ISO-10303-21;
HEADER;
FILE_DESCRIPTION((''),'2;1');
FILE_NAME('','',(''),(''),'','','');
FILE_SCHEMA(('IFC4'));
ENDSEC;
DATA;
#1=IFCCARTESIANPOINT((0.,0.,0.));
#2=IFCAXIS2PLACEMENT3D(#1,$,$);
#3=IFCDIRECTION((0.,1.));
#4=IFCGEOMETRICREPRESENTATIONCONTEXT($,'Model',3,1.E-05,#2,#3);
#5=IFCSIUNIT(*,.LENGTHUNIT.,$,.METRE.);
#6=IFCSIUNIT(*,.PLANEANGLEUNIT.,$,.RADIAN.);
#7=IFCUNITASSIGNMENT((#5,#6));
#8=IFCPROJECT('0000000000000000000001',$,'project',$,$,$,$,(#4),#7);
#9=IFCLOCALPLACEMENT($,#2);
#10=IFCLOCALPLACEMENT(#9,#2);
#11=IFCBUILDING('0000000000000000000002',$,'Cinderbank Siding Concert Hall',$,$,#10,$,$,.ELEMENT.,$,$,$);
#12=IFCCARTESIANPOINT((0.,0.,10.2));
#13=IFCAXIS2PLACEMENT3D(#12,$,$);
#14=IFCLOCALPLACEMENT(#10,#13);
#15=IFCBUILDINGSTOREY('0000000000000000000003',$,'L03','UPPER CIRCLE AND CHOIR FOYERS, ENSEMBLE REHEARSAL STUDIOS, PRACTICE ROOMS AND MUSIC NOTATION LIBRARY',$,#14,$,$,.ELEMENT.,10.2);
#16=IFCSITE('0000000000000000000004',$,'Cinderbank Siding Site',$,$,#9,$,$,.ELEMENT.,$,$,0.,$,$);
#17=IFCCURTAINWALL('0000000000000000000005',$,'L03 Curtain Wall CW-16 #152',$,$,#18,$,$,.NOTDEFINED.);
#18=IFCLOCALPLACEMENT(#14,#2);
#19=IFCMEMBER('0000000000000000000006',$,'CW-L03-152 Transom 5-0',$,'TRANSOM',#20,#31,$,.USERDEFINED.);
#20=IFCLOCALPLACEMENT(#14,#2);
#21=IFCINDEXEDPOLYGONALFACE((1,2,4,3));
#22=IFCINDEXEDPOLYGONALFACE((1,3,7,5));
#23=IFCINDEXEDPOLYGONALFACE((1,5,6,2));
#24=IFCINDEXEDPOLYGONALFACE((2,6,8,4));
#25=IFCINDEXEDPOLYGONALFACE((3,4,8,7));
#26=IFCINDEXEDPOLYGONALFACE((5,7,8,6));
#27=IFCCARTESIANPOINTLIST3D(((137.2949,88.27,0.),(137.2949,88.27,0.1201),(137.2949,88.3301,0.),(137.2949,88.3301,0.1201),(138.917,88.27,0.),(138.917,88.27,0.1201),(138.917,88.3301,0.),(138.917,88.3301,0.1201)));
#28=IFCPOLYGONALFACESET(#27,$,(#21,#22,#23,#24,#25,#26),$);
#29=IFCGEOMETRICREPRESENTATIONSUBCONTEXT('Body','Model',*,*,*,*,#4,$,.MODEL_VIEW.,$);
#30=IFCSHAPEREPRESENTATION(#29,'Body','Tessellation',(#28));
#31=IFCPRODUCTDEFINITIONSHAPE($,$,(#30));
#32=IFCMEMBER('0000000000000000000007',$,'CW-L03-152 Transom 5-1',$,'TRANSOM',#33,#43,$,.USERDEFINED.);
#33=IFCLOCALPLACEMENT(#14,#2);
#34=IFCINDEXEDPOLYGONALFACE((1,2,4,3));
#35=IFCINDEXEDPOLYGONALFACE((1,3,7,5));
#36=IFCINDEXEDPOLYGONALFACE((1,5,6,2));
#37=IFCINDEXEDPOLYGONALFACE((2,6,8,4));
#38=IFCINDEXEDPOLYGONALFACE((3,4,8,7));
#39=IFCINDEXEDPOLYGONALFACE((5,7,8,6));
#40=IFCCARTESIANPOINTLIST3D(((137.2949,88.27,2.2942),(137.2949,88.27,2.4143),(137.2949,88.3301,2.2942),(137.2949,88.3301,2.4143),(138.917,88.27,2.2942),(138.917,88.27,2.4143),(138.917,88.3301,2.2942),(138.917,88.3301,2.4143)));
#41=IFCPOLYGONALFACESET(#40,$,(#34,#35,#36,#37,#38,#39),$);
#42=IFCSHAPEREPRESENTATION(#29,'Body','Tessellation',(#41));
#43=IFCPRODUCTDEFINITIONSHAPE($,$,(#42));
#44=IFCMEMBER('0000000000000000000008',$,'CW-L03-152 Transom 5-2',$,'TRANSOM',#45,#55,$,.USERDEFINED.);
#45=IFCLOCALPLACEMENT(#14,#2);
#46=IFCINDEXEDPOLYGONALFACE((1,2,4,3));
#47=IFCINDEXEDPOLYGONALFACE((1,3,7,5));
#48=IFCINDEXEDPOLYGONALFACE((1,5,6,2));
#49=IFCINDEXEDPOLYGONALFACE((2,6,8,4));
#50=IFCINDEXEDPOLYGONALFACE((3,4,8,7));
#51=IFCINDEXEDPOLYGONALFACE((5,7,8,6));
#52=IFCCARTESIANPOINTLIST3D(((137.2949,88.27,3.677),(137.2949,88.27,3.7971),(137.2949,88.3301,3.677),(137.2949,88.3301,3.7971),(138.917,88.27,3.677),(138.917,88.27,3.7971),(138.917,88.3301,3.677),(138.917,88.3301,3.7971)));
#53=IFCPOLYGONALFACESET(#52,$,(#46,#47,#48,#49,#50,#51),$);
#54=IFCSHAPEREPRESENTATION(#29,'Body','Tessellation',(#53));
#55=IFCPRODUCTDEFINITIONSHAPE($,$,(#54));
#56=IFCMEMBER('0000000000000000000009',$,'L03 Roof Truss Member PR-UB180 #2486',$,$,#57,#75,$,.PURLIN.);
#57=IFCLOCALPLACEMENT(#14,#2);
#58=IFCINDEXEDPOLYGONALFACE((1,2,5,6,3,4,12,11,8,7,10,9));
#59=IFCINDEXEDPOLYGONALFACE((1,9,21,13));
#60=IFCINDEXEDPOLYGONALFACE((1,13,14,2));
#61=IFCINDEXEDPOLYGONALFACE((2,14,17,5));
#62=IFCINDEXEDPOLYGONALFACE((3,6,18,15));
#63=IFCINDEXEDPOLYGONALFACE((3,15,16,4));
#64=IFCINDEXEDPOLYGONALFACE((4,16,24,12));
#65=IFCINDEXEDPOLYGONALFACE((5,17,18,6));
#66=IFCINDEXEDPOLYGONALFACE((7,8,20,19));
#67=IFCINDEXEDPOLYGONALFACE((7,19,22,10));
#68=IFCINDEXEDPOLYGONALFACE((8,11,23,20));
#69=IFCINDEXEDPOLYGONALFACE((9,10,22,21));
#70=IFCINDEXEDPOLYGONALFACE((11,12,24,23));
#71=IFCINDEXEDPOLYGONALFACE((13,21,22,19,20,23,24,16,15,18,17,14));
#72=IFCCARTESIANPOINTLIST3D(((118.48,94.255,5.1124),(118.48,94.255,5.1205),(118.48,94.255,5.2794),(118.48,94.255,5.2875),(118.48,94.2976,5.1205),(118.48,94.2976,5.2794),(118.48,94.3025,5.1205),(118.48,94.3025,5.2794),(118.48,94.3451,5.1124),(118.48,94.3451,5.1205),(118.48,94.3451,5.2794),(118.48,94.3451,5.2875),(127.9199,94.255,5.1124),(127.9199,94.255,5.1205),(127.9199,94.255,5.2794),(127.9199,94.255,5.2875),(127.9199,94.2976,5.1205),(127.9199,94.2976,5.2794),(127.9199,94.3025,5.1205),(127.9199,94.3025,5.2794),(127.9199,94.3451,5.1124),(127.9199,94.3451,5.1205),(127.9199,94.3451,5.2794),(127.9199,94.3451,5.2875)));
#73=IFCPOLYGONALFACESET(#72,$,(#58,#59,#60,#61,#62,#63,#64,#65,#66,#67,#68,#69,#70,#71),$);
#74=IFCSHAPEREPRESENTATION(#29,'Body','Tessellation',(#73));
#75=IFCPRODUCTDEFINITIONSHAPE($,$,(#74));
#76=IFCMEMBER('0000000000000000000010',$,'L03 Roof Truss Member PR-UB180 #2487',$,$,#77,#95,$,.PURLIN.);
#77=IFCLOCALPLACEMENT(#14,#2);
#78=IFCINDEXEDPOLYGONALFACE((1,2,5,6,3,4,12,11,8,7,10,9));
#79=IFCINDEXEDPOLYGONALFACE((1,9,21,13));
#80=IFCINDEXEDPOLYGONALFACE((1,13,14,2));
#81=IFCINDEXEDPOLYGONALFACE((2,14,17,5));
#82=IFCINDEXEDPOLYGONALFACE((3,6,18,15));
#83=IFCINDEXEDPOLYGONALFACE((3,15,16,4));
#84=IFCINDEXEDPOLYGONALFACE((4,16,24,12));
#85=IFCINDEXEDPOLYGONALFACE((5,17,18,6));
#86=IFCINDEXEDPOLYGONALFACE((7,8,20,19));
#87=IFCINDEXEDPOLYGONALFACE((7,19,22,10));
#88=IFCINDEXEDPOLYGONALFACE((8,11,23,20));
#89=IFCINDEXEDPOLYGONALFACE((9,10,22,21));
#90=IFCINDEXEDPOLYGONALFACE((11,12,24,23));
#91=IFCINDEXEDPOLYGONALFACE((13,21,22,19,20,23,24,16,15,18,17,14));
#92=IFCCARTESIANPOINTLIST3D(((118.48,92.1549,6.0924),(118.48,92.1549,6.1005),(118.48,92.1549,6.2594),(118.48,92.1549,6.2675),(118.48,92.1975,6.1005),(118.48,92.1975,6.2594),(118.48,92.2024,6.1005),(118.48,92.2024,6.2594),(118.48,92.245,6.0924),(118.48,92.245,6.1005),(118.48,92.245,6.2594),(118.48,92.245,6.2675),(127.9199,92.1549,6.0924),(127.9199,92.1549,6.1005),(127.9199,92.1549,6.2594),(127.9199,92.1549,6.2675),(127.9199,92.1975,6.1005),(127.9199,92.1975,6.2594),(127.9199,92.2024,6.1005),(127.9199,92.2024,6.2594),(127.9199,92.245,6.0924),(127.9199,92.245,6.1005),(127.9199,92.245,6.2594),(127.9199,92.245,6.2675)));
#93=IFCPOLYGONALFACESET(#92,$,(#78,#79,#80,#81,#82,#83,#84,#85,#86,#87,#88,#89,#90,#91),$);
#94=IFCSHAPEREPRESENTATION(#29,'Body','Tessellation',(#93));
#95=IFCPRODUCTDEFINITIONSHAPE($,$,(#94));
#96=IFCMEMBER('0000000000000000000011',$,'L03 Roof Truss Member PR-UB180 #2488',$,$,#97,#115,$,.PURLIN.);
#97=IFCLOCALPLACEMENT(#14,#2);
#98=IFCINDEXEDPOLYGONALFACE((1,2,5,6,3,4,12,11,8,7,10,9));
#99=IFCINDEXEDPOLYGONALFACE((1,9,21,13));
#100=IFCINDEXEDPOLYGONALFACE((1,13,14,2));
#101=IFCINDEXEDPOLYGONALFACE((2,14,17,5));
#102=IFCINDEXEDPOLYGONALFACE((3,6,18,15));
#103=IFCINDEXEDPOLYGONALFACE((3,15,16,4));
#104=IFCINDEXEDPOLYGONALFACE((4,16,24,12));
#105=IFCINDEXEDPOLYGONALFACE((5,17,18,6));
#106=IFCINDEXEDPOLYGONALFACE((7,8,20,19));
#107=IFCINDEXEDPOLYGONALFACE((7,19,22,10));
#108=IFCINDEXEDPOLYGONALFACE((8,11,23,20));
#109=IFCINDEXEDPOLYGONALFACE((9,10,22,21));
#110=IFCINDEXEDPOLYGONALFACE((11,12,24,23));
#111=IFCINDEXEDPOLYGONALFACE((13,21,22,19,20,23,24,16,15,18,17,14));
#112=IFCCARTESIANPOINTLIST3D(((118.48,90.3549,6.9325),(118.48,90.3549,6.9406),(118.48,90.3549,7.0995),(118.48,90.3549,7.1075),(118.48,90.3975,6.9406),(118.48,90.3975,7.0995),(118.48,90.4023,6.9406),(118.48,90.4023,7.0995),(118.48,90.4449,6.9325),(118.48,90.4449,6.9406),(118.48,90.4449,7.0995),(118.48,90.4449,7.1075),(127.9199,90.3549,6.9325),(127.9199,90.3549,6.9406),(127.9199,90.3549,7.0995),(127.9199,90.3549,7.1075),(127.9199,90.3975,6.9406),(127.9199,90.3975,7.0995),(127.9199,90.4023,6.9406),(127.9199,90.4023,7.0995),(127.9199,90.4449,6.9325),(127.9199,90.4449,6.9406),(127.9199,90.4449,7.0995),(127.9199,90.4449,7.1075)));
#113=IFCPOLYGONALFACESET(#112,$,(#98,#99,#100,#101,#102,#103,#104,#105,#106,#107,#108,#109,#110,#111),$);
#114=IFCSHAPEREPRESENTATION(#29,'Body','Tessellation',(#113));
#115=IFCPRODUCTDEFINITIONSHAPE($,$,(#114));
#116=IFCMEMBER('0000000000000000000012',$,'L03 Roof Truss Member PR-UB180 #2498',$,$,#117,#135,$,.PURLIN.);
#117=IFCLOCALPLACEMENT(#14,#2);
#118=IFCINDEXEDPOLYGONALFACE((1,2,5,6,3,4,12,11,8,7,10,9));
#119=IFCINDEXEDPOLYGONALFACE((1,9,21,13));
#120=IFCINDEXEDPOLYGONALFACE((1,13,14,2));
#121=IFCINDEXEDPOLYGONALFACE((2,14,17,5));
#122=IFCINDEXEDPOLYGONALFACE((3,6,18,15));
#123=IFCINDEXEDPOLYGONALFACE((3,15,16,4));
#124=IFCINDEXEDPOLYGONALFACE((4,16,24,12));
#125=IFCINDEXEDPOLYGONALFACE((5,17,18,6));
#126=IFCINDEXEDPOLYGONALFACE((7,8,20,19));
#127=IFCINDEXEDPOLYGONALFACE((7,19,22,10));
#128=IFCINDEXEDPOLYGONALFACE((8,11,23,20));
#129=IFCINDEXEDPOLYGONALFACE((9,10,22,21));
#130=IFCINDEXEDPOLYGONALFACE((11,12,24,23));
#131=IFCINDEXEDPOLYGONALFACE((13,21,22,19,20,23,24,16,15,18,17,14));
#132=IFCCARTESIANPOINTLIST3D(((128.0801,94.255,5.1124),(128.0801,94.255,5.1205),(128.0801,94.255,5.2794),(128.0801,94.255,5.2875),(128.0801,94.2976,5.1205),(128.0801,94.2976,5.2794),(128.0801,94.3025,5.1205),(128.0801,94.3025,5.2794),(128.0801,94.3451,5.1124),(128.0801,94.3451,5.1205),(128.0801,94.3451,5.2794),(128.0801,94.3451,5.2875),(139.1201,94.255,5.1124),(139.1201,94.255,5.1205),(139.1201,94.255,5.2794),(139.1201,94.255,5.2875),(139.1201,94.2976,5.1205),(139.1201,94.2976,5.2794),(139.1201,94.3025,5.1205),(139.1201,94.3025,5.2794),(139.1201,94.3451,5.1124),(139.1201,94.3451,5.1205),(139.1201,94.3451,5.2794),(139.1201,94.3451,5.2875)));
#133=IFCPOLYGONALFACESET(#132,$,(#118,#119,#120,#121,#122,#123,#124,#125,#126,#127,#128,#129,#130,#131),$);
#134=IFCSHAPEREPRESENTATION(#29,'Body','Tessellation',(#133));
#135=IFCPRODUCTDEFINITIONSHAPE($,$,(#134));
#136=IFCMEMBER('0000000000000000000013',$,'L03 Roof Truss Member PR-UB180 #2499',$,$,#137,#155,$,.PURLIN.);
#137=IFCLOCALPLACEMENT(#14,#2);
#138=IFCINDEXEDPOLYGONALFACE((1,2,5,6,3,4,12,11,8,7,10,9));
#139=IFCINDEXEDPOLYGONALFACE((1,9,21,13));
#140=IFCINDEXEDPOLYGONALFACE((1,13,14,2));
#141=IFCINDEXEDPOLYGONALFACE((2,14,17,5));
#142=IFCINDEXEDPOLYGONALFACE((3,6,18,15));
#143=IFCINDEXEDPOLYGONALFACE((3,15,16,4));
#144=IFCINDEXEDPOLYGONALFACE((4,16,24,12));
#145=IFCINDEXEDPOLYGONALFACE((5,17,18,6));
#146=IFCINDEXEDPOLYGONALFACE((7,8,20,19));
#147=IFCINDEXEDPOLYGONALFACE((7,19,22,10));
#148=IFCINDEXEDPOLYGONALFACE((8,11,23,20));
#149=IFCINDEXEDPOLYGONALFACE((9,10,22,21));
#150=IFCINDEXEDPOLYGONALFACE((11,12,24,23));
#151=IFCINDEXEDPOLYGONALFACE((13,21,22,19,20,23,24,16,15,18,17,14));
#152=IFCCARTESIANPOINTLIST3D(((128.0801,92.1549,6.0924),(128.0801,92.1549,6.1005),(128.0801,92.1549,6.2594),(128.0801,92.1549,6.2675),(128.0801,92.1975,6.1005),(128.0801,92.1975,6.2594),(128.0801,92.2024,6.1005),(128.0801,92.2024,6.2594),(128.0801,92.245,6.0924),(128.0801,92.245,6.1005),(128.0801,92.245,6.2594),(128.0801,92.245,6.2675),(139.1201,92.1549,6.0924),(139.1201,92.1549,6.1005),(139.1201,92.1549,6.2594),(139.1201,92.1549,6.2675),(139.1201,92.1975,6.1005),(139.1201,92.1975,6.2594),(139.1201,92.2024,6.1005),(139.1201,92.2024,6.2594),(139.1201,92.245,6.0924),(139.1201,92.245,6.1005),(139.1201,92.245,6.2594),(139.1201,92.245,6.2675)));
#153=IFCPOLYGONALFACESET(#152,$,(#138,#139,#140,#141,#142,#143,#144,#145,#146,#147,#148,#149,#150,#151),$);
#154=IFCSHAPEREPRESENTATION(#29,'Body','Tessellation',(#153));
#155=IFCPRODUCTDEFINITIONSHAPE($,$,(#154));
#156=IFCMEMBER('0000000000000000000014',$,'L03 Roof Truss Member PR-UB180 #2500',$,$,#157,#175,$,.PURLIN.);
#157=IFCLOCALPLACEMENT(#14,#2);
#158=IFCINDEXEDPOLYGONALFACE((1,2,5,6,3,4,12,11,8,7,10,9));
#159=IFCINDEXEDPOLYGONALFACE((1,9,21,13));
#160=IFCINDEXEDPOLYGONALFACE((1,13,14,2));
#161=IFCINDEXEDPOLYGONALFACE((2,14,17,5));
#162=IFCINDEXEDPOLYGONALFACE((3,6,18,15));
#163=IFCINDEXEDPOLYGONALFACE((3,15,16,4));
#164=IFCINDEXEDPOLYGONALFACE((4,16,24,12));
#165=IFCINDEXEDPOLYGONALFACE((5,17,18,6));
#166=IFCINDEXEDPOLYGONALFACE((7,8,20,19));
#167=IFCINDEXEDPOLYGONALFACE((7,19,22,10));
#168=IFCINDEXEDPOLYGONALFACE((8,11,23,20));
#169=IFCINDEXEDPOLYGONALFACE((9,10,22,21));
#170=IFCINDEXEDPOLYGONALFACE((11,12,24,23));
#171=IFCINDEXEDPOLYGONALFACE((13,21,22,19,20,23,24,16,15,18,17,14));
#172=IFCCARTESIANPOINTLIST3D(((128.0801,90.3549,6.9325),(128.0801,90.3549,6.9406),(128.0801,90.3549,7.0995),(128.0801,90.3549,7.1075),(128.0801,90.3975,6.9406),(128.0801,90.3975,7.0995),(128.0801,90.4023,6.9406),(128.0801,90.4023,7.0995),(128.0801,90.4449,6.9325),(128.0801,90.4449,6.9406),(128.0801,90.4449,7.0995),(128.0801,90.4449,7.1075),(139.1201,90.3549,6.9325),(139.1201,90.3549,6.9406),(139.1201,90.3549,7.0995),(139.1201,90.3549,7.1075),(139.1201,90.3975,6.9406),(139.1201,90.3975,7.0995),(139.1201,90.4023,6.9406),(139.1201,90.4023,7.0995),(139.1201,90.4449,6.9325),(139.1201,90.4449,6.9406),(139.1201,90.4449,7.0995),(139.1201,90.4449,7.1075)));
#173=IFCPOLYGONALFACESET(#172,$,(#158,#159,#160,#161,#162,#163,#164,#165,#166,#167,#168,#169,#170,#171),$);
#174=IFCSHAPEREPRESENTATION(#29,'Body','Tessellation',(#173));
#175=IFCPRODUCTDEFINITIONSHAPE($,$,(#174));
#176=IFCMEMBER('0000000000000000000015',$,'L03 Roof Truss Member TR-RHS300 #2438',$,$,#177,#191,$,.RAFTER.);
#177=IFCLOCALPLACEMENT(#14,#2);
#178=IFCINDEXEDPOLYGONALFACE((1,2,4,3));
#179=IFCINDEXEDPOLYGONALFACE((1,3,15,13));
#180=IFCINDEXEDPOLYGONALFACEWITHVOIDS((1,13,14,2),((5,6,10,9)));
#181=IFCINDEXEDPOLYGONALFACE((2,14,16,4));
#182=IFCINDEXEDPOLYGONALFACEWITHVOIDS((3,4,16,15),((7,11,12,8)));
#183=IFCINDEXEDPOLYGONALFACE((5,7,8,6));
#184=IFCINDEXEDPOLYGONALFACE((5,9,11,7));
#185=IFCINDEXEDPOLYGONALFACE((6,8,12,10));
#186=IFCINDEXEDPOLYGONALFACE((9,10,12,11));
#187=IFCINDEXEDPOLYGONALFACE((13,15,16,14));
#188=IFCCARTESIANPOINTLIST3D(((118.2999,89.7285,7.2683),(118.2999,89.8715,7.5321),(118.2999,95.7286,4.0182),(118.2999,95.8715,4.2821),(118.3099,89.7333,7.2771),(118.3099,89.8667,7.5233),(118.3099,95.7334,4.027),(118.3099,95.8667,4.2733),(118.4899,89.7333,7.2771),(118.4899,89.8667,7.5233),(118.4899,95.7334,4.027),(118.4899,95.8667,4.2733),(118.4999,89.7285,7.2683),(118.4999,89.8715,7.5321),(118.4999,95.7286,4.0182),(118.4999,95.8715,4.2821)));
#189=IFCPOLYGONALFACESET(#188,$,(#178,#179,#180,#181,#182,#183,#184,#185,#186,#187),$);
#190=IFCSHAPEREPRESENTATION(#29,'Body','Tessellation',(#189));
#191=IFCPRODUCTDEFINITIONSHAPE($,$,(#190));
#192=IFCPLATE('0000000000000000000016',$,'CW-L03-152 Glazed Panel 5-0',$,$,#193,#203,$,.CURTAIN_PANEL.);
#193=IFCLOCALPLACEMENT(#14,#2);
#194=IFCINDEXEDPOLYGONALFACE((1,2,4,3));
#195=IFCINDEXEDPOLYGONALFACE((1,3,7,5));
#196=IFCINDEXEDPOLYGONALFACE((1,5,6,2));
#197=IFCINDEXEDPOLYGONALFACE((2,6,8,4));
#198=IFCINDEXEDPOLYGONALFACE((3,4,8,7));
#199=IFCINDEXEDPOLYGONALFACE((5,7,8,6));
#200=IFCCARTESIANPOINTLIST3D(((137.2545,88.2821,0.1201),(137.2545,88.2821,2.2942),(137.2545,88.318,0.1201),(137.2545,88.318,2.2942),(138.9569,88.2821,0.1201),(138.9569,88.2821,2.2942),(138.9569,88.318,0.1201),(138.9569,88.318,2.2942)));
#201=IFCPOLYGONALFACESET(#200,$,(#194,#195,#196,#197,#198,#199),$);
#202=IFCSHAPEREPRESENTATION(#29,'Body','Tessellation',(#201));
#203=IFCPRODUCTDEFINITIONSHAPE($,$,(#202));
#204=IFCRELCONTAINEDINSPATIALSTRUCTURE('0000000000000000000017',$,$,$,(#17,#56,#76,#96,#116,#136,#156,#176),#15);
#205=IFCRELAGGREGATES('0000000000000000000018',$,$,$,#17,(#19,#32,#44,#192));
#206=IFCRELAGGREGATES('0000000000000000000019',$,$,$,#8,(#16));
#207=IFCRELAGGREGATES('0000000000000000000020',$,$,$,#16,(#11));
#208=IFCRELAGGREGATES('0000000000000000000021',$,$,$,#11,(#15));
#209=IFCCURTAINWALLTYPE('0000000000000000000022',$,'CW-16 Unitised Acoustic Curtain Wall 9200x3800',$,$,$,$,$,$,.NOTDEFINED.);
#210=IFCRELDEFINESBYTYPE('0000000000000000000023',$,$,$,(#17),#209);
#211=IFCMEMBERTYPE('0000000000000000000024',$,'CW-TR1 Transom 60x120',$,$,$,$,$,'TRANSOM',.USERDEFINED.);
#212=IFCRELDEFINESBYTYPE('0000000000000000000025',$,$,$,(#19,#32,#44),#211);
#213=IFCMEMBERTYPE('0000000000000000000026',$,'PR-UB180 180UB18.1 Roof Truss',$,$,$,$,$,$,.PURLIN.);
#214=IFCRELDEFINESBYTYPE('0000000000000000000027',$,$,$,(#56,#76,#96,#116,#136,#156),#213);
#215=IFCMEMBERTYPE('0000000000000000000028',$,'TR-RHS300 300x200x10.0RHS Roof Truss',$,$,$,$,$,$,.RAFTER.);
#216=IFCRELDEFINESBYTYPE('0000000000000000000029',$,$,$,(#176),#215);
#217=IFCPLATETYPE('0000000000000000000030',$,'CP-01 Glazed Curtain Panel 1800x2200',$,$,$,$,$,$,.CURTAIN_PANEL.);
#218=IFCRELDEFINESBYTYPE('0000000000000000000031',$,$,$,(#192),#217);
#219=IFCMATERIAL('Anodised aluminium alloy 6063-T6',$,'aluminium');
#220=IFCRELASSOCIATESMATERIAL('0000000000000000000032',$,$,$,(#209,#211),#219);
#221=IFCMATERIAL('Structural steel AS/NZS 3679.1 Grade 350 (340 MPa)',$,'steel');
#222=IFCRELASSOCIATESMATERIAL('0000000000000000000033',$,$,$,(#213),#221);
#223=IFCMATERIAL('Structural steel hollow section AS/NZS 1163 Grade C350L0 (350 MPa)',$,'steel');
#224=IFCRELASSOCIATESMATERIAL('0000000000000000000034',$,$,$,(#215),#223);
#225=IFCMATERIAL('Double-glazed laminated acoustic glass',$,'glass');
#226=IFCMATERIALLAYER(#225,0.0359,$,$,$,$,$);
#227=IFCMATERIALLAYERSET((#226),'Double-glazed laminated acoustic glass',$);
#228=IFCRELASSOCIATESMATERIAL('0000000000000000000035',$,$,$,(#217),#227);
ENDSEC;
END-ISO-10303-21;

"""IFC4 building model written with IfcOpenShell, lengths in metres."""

from ifc_helpers import new_model, si_unit, direction, frame, origin, origin_2d, place, context, subcontext, project, spatial, rectangle, hollow_rectangle, i_section, extrude, material, layer, layer_set, material_profile, profile_set, type_object, element, aggregate, save


model = new_model("IFC4")

# Units and contexts
model_context = context("Model", 3, precision=1e-05, world=origin(), true_north=direction((0.0, 1.0)))
body_context = subcontext(model_context, "Body", "Model", "MODEL_VIEW")
ifc_project = project(units=[si_unit("LENGTHUNIT", "METRE"), si_unit("PLANEANGLEUNIT", "RADIAN")], contexts=[model_context])

# Site, building, storey
site_placement = place(None, origin())
site = spatial("IfcSite", under=ifc_project, at=site_placement, Name="Cinderbank Siding Site", CompositionType="ELEMENT", RefElevation=0.0)
building_placement = place(site_placement, origin())
building = spatial("IfcBuilding", under=site, at=building_placement, Name="Cinderbank Siding Concert Hall", CompositionType="ELEMENT")
storey_placement = place(building_placement, frame((0.0, 0.0, 10.2)))
storey = spatial("IfcBuildingStorey", under=building, at=storey_placement, Name="L03", Description="UPPER CIRCLE AND CHOIR FOYERS, ENSEMBLE REHEARSAL STUDIOS, PRACTICE ROOMS AND MUSIC NOTATION LIBRARY", CompositionType="ELEMENT", Elevation=10.2)

# Shared definitions
ifc_material_1 = material(Name="Structural steel AS/NZS 3679.1 Grade 350 (340 MPa)", Category="steel")

# Shared definitions
ifc_material_2 = material(Name="Structural steel hollow section AS/NZS 1163 Grade C350L0 (350 MPa)", Category="steel")

# Curtain wall, members
ifc_material_3 = material(Name="Anodised aluminium alloy 6063-T6", Category="aluminium")
curtain_wall_type = type_object("IfcCurtainWallType", Name="CW-16 Unitised Acoustic Curtain Wall 9200x3800", PredefinedType="NOTDEFINED", material=ifc_material_3)
curtain_wall_placement = place(storey_placement, origin())
curtain_wall = element("IfcCurtainWall", 1, at=curtain_wall_placement, inside=storey, type_object=curtain_wall_type, Name="L03 Curtain Wall CW-16 #152", PredefinedType="NOTDEFINED")
ifc_material_profile_1 = material_profile(ifc_material_3, rectangle(XDim=0.0601, YDim=0.1201, at=origin_2d()), Name="ALU-TRAN-60x120", Category="LoadBearing")
ifc_profile_set_1 = profile_set([ifc_material_profile_1], Name="Anodised aluminium alloy 6063-T6")
member_type_1 = type_object("IfcMemberType", Name="CW-TR1 Transom 60x120", ElementType="TRANSOM", PredefinedType="USERDEFINED", material=ifc_profile_set_1)
member_1_placement = place(storey_placement, frame((137.2949, 88.3, 0.0601), z_axis=(1.0, 0.0, 0.0), x_axis=(0.0, 1.0, 0.0)))
member_1 = element("IfcMember", 2, at=member_1_placement, type_object=member_type_1, Name="CW-L03-152 Transom 5-0", ObjectType="TRANSOM", PredefinedType="USERDEFINED", context=body_context, shape_type="SweptSolid", body=[
    extrude(rectangle(XDim=0.0601, YDim=0.1201, at=origin_2d()), origin(), (0.0, 0.0, 1.0), 1.6221),
])
member_2_placement = place(storey_placement, frame((137.2949, 88.3, 2.3542), z_axis=(1.0, 0.0, 0.0), x_axis=(0.0, 1.0, 0.0)))
member_2 = element("IfcMember", 3, at=member_2_placement, type_object=member_type_1, Name="CW-L03-152 Transom 5-1", ObjectType="TRANSOM", PredefinedType="USERDEFINED", context=body_context, shape_type="SweptSolid", body=[
    extrude(rectangle(XDim=0.0601, YDim=0.1201, at=origin_2d()), origin(), (0.0, 0.0, 1.0), 1.6221),
])
member_3_placement = place(storey_placement, frame((137.2949, 88.3, 3.7371), z_axis=(1.0, 0.0, 0.0), x_axis=(0.0, 1.0, 0.0)))
member_3 = element("IfcMember", 4, at=member_3_placement, type_object=member_type_1, Name="CW-L03-152 Transom 5-2", ObjectType="TRANSOM", PredefinedType="USERDEFINED", context=body_context, shape_type="SweptSolid", body=[
    extrude(rectangle(XDim=0.0601, YDim=0.1201, at=origin_2d()), origin(), (0.0, 0.0, 1.0), 1.6221),
])

# Members
ifc_material_profile_2 = material_profile(ifc_material_1, i_section(OverallWidth=0.0901, OverallDepth=0.175, WebThickness=0.0049, FlangeThickness=0.0081, at=origin_2d()), Name="180UB18.1", Category="LoadBearing")
ifc_profile_set_2 = profile_set([ifc_material_profile_2], Name="Structural steel AS/NZS 3679.1 Grade 350 (340 MPa)")
member_type_2 = type_object("IfcMemberType", Name="PR-UB180 180UB18.1 Roof Truss", PredefinedType="PURLIN", material=ifc_profile_set_2)
for number, where, z_axis, x_axis, name in (
    (5, (118.48, 94.3, 5.2), (1.0, 0.0, 0.0), (0.0, 1.0, 0.0), "L03 Roof Truss Member PR-UB180 #2486"),
    (6, (118.48, 92.2, 6.1799), (1.0, 0.0, 0.0), (0.0, 1.0, 0.0), "L03 Roof Truss Member PR-UB180 #2487"),
    (7, (118.48, 90.3999, 7.02), (1.0, 0.0, 0.0), (0.0, 1.0, 0.0), "L03 Roof Truss Member PR-UB180 #2488"),
):
    element("IfcMember", number, at=place(storey_placement, frame(where, z_axis=z_axis, x_axis=x_axis)), inside=storey, type_object=member_type_2, Name=name, PredefinedType="PURLIN", context=body_context, shape_type="SweptSolid", body=[
        extrude(i_section(OverallWidth=0.0901, OverallDepth=0.175, WebThickness=0.0049, FlangeThickness=0.0081, at=origin_2d()), origin(), (0.0, 0.0, 1.0), 9.4399),
    ])
for number, where, z_axis, x_axis, name in (
    (8, (128.0801, 94.3, 5.2), (1.0, 0.0, 0.0), (0.0, 1.0, 0.0), "L03 Roof Truss Member PR-UB180 #2498"),
    (9, (128.0801, 92.2, 6.1799), (1.0, 0.0, 0.0), (0.0, 1.0, 0.0), "L03 Roof Truss Member PR-UB180 #2499"),
    (10, (128.0801, 90.3999, 7.02), (1.0, 0.0, 0.0), (0.0, 1.0, 0.0), "L03 Roof Truss Member PR-UB180 #2500"),
):
    element("IfcMember", number, at=place(storey_placement, frame(where, z_axis=z_axis, x_axis=x_axis)), inside=storey, type_object=member_type_2, Name=name, PredefinedType="PURLIN", context=body_context, shape_type="SweptSolid", body=[
        extrude(i_section(OverallWidth=0.0901, OverallDepth=0.175, WebThickness=0.0049, FlangeThickness=0.0081, at=origin_2d()), origin(), (0.0, 0.0, 1.0), 11.04),
    ])
ifc_material_profile_3 = material_profile(ifc_material_2, hollow_rectangle(XDim=0.2, YDim=0.3, WallThickness=0.01, at=origin_2d()), Name="300x200x10.0RHS", Category="LoadBearing")
ifc_profile_set_3 = profile_set([ifc_material_profile_3], Name="Structural steel hollow section AS/NZS 1163 Grade C350L0 (350 MPa)")
member_type_3 = type_object("IfcMemberType", Name="TR-RHS300 300x200x10.0RHS Roof Truss", PredefinedType="RAFTER", material=ifc_profile_set_3)
member_4_placement = place(storey_placement, frame((118.3999, 95.8, 4.1501), z_axis=(0.0, -0.879292, 0.476283), x_axis=(1.0, 0.0, 0.0)))
element("IfcMember", 11, at=member_4_placement, inside=storey, type_object=member_type_3, Name="L03 Roof Truss Member TR-RHS300 #2438", PredefinedType="RAFTER", context=body_context, shape_type="SweptSolid", body=[
    extrude(hollow_rectangle(XDim=0.2, YDim=0.3, WallThickness=0.01, at=origin_2d()), origin(), (0.0, 0.0, 1.0), 6.8237),
])

# Plate
ifc_material_4 = material(Name="Double-glazed laminated acoustic glass", Category="glass")
ifc_layer_1 = layer(ifc_material_4, 0.0359)
ifc_layer_set_1 = layer_set([ifc_layer_1], Name="Double-glazed laminated acoustic glass")
plate_type_1 = type_object("IfcPlateType", Name="CP-01 Glazed Curtain Panel 1800x2200", PredefinedType="CURTAIN_PANEL", material=ifc_layer_set_1)
plate_1_placement = place(storey_placement, frame((138.1057, 88.3, 0.1201), z_axis=(0.0, 0.0, 1.0), x_axis=(1.0, 0.0, 0.0)))
plate_1 = element("IfcPlate", 12, at=plate_1_placement, type_object=plate_type_1, Name="CW-L03-152 Glazed Panel 5-0", PredefinedType="CURTAIN_PANEL", context=body_context, shape_type="SweptSolid", body=[
    extrude(rectangle(XDim=1.7024, YDim=0.0359, at=origin_2d()), origin(), (0.0, 0.0, 1.0), 2.1741),
])
aggregate(curtain_wall, [member_1, member_2, member_3, plate_1])

save(model, "model.ifc")
